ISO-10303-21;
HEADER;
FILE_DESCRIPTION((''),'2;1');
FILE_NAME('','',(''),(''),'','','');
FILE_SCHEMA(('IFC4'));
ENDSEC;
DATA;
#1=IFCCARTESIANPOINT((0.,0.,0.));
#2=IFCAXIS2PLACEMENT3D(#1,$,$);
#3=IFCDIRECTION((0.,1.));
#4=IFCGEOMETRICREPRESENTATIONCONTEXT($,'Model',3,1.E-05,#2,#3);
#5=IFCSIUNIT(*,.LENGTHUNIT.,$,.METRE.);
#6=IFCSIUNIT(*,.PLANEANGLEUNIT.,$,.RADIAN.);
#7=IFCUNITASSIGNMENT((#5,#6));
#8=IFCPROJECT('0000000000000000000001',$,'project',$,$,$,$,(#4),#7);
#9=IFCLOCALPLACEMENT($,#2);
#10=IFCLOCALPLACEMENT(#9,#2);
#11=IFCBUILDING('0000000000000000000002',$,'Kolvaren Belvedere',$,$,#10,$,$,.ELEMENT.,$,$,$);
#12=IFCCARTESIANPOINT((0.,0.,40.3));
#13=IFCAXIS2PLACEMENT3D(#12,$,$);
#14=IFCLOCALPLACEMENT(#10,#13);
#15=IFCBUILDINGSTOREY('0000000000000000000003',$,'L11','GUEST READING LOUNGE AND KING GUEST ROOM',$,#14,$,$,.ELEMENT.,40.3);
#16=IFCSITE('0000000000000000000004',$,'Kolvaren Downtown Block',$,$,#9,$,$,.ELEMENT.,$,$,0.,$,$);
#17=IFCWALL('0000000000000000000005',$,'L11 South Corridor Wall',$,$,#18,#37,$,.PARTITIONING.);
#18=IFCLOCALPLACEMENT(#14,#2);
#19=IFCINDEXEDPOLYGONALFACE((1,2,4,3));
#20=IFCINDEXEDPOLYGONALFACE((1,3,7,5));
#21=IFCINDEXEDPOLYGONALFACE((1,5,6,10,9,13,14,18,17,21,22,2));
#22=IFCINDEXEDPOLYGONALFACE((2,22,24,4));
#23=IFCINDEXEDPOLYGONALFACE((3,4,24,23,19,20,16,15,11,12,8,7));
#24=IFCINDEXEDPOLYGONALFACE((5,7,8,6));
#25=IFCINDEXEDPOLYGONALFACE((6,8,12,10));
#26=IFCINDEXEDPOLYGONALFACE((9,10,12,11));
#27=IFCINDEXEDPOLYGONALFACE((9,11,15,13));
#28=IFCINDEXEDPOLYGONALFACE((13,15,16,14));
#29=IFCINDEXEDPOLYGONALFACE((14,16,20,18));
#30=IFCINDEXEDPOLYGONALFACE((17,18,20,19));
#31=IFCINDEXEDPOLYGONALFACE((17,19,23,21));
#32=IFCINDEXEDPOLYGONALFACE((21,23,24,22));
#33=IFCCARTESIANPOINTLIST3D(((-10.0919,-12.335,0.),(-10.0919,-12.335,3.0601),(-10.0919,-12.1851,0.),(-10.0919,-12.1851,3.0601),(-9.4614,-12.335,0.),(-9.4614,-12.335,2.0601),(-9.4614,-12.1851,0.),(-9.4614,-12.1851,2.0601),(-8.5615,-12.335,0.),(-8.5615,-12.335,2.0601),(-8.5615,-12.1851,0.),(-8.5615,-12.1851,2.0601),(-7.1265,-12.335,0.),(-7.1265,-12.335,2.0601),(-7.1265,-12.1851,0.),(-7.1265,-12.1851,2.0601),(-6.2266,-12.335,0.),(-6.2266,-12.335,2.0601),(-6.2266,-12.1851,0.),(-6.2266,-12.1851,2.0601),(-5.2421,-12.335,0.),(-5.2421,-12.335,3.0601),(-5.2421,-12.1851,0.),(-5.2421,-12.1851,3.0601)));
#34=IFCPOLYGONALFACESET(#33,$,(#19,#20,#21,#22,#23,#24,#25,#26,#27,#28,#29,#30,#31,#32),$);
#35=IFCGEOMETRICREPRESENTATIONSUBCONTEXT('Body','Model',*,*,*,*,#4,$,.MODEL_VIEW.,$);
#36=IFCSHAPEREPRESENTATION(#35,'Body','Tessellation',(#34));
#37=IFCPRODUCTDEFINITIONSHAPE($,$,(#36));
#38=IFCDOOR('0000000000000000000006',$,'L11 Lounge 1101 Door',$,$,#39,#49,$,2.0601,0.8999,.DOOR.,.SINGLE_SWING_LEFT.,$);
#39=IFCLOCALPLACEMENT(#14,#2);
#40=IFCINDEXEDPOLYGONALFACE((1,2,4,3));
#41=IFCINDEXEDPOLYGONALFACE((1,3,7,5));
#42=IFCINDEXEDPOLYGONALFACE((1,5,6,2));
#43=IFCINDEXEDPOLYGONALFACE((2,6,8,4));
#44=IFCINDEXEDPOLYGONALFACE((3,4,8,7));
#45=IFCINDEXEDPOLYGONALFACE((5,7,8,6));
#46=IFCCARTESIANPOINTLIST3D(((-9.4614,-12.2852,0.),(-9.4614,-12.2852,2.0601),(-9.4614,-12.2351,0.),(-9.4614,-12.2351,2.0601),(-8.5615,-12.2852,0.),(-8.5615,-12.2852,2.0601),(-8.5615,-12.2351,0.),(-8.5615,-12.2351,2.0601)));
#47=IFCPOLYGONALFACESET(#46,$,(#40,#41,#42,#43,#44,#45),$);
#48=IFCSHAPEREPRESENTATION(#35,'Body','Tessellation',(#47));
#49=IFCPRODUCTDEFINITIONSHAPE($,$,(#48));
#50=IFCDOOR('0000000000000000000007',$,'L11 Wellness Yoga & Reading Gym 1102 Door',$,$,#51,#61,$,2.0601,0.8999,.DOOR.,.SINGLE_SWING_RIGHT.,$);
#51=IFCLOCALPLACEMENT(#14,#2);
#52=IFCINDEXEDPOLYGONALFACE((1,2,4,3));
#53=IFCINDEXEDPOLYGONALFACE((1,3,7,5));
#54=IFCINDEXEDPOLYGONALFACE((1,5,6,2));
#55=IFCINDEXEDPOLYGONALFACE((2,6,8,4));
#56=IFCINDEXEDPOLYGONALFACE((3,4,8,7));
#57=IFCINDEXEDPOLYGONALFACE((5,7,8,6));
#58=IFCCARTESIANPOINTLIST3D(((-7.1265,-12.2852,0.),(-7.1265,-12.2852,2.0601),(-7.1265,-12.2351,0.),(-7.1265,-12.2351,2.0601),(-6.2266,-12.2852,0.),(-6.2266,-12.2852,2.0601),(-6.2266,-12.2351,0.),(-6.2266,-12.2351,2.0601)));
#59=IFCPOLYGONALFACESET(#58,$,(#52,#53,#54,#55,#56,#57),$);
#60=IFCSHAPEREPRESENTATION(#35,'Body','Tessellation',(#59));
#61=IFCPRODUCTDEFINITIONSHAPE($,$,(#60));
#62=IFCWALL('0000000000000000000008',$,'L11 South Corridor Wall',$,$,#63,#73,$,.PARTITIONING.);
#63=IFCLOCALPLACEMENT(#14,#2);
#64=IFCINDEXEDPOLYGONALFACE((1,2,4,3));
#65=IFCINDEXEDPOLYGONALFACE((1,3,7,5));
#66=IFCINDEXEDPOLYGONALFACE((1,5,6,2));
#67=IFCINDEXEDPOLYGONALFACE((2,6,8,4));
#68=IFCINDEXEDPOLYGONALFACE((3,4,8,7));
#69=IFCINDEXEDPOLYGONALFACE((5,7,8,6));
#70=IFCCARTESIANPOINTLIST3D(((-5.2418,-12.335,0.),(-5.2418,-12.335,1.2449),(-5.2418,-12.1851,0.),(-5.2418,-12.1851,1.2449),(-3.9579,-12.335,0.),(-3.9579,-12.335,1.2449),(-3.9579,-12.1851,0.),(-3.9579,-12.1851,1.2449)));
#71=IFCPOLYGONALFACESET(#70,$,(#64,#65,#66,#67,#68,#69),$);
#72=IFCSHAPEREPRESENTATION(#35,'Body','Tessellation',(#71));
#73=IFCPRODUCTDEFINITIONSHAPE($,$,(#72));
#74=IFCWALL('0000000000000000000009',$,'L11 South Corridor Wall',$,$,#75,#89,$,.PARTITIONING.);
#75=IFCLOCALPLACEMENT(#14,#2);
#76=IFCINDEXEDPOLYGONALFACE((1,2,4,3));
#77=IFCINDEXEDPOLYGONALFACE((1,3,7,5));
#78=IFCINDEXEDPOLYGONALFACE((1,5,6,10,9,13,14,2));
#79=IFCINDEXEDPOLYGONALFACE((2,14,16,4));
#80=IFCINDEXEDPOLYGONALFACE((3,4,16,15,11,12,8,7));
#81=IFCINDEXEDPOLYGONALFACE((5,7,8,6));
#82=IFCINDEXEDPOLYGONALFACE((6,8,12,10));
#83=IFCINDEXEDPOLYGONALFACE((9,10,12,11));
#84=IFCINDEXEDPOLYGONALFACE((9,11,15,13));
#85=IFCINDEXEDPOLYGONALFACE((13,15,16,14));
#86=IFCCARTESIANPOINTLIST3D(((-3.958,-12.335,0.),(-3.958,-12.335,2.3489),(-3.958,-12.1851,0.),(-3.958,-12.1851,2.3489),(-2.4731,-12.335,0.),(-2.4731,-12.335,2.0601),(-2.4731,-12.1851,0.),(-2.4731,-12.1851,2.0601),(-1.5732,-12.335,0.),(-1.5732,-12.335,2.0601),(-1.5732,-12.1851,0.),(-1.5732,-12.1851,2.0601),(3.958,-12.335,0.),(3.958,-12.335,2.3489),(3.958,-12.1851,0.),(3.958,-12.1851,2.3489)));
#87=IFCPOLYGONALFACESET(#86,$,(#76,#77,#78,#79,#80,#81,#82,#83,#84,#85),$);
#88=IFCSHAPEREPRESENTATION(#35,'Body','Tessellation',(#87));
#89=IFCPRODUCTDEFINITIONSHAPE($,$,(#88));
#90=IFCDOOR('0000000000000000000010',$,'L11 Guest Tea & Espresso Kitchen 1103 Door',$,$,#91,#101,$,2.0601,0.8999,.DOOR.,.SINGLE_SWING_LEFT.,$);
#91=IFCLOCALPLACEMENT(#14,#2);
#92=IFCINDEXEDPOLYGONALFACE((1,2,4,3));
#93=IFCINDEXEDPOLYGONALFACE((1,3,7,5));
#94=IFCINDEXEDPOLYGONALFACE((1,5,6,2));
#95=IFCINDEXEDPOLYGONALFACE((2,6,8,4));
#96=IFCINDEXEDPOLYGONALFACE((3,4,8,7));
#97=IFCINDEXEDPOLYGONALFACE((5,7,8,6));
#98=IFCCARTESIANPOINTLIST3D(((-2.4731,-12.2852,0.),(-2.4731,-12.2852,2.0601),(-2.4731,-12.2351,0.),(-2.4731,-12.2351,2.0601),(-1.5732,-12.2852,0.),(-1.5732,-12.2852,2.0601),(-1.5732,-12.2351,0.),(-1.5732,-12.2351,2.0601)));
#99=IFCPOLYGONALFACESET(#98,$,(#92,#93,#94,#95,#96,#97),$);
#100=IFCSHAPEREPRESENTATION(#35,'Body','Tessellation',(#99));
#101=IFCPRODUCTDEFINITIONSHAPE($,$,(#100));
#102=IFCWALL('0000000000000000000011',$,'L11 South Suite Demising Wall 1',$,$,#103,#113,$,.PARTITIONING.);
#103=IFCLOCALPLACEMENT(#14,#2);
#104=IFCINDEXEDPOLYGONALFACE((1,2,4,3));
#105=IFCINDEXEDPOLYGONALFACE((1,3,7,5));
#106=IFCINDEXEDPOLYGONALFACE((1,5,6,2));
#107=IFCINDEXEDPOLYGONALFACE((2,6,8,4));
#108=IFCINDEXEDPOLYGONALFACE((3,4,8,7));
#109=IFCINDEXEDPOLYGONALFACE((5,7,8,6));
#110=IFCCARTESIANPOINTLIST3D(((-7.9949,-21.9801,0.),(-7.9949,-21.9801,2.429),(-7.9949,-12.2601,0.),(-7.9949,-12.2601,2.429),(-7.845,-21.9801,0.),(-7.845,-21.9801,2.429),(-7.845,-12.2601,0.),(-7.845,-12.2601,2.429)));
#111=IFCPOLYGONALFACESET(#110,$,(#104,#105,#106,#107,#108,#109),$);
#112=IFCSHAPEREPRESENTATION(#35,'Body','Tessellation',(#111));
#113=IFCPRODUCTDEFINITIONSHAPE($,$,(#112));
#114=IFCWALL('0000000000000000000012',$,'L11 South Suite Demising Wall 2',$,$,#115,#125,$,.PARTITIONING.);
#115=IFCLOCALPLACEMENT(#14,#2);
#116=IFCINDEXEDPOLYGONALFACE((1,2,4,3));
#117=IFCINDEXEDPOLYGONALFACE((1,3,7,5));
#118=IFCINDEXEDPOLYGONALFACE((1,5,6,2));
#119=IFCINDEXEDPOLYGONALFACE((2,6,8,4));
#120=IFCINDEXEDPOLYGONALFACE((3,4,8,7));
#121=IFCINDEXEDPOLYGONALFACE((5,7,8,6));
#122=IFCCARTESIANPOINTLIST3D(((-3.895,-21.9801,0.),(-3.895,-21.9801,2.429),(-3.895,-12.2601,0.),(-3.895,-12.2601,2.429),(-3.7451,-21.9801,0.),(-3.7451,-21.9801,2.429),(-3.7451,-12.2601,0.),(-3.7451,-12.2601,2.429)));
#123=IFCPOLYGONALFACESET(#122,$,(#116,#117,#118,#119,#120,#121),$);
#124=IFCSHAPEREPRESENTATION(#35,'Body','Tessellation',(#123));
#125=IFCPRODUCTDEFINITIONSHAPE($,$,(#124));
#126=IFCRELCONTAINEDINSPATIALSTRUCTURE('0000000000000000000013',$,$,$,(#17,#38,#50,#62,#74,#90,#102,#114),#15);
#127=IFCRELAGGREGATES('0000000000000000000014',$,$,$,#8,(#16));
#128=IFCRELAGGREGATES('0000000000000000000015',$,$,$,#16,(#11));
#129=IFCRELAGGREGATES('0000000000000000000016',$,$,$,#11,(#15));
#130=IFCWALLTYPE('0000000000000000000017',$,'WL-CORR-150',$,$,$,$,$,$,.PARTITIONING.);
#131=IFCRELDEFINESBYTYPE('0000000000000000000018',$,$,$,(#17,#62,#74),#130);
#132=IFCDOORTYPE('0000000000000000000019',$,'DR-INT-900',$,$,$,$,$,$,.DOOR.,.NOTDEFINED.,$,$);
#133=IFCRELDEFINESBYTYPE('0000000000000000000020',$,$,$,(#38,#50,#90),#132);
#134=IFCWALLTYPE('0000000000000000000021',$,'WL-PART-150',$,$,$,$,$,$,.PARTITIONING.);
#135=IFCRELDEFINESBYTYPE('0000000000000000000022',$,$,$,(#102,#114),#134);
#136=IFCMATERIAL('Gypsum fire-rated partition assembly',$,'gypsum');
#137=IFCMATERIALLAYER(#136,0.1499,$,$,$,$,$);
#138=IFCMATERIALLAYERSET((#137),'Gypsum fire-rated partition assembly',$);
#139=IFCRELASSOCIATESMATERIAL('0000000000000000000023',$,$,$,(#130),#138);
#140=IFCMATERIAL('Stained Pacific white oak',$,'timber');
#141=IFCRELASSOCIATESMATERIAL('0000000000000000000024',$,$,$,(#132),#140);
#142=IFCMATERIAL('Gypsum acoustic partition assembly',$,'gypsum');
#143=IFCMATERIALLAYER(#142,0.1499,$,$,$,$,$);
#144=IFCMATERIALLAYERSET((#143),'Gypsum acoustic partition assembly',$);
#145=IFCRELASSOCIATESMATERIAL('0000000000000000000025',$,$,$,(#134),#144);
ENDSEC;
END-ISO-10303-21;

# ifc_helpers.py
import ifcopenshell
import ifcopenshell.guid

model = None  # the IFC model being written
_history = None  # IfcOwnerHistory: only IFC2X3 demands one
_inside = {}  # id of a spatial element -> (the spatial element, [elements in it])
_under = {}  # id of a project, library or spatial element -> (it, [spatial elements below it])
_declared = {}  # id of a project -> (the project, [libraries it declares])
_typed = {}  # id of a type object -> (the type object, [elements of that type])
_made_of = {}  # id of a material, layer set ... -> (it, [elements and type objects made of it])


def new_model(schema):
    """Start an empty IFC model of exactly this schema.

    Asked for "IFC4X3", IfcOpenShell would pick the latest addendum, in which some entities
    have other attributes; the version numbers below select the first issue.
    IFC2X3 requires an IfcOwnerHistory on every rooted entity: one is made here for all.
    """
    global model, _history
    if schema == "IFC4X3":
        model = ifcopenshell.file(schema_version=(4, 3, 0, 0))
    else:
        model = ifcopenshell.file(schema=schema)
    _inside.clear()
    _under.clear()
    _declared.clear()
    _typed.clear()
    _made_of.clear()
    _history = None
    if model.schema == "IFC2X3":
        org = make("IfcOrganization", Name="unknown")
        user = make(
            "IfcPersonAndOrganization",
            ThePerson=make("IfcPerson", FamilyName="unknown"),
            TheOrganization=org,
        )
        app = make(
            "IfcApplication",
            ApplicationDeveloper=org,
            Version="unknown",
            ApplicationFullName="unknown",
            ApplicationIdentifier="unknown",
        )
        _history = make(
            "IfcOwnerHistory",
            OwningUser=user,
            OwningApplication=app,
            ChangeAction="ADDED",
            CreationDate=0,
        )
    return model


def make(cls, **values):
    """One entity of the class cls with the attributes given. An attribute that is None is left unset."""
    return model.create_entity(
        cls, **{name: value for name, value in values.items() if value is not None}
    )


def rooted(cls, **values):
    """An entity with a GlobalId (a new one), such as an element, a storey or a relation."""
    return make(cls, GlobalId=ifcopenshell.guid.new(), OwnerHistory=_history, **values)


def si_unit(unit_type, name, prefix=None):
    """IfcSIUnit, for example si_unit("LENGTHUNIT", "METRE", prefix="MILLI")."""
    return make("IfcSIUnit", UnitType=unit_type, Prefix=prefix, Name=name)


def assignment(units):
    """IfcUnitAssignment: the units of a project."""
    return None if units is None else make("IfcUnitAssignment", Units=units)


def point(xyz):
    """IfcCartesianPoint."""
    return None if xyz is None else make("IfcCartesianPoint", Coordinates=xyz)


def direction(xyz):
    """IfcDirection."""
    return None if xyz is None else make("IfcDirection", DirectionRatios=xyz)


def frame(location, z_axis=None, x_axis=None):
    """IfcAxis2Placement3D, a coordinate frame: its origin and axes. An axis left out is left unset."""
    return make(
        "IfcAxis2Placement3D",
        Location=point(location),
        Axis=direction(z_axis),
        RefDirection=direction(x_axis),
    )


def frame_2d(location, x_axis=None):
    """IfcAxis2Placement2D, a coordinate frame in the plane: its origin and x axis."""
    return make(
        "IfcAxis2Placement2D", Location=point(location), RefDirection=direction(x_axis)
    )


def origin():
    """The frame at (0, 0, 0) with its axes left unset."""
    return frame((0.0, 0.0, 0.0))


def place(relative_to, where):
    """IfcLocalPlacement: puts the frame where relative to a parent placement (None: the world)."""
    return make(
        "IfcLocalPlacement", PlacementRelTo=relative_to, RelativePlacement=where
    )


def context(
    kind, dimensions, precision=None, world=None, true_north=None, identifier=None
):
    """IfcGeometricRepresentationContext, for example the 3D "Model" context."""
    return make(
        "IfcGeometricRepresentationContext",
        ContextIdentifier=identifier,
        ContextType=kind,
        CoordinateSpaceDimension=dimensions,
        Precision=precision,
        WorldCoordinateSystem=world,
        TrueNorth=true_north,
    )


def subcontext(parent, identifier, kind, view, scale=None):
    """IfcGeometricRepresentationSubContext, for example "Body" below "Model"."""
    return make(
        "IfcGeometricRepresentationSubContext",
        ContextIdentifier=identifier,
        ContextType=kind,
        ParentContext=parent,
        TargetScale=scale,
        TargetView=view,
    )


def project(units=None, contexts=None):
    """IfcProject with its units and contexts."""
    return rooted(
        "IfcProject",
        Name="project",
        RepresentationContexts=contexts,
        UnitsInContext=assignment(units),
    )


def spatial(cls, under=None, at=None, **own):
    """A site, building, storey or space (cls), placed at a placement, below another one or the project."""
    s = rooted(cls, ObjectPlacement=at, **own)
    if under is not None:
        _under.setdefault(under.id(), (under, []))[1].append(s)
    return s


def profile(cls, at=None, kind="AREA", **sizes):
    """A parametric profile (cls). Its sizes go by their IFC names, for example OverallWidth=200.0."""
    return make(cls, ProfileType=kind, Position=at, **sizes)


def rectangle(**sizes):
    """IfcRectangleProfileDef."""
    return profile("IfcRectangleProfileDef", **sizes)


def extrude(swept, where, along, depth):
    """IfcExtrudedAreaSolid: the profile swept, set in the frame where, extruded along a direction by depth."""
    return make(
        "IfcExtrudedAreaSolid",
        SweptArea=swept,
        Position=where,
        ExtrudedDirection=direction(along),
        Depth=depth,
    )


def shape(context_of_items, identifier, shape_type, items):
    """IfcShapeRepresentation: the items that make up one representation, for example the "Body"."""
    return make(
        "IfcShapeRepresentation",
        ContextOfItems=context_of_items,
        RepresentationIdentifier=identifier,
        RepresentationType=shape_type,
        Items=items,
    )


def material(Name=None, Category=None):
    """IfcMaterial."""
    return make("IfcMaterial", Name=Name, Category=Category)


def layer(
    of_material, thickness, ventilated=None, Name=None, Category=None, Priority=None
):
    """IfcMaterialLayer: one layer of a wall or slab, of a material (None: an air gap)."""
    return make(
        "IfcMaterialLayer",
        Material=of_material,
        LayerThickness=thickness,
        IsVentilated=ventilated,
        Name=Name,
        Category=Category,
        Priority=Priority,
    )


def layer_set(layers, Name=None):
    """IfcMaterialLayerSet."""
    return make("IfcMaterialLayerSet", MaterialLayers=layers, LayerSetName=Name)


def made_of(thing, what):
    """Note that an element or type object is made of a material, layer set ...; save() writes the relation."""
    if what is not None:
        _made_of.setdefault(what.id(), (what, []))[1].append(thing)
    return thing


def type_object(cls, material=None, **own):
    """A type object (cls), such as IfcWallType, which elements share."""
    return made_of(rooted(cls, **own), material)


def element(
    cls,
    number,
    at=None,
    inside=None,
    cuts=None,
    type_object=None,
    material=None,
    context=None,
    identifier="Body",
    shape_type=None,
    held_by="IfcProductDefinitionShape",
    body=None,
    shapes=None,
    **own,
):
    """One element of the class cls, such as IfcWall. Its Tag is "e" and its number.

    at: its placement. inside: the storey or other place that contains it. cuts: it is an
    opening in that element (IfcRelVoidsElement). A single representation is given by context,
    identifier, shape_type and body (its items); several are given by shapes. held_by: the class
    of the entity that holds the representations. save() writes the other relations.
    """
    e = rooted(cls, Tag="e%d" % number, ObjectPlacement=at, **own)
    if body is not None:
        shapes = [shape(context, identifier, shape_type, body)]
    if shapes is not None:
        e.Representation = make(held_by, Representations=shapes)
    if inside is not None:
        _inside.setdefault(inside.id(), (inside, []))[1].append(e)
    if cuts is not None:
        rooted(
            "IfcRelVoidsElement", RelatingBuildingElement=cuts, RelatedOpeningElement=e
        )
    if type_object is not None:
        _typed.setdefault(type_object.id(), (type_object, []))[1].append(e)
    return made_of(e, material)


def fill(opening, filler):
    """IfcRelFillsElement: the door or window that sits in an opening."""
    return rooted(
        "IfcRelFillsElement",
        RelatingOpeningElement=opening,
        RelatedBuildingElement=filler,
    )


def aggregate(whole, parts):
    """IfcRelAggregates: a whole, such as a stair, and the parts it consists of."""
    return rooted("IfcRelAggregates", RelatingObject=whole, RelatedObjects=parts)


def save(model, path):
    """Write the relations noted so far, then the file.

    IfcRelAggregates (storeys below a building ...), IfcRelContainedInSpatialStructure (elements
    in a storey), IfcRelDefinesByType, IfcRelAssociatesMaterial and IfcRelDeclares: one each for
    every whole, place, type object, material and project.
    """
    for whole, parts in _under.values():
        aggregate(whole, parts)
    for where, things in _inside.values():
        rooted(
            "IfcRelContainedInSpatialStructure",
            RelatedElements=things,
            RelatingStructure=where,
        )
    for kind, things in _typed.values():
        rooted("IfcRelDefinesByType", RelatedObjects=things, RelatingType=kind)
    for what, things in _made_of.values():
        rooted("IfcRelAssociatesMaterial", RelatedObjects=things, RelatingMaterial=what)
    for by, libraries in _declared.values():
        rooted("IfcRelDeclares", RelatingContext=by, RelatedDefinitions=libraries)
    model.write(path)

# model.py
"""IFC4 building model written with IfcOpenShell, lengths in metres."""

from ifc_helpers import new_model, si_unit, direction, frame, frame_2d, origin, place, context, subcontext, project, spatial, rectangle, extrude, material, layer, layer_set, type_object, element, fill, save


model = new_model("IFC4")

# Units and contexts
model_context = context("Model", 3, precision=1e-05, world=origin(), true_north=direction((0.0, 1.0)))
body_context = subcontext(model_context, "Body", "Model", "MODEL_VIEW")
ifc_project = project(units=[si_unit("LENGTHUNIT", "METRE"), si_unit("PLANEANGLEUNIT", "RADIAN")], contexts=[model_context])

# Site, building, storey
site_placement = place(None, origin())
site = spatial("IfcSite", under=ifc_project, at=site_placement, Name="Kolvaren Downtown Block", CompositionType="ELEMENT", RefElevation=0.0)
building_placement = place(site_placement, origin())
building = spatial("IfcBuilding", under=site, at=building_placement, Name="Kolvaren Belvedere", CompositionType="ELEMENT")
storey_placement = place(building_placement, frame((0.0, 0.0, 40.3)))
storey = spatial("IfcBuildingStorey", under=building, at=storey_placement, Name="L11", Description="GUEST READING LOUNGE AND KING GUEST ROOM", CompositionType="ELEMENT", Elevation=40.3)

# Shared definitions
ifc_material_1 = material(Name="Gypsum fire-rated partition assembly", Category="gypsum")
ifc_layer_1 = layer(ifc_material_1, 0.1499)
ifc_layer_set_1 = layer_set([ifc_layer_1], Name="Gypsum fire-rated partition assembly")
wall_type_1 = type_object("IfcWallType", Name="WL-CORR-150", PredefinedType="PARTITIONING", material=ifc_layer_set_1)

# Wall, openings, doors
wall_1_placement = place(storey_placement, frame((-10.0918, -12.26, 0.0), z_axis=(0.0, 0.0, 1.0), x_axis=(1.0, 0.0, 0.0)))
wall_1 = element("IfcWall", 1, at=wall_1_placement, inside=storey, type_object=wall_type_1, Name="L11 South Corridor Wall", PredefinedType="PARTITIONING", context=body_context, shape_type="SweptSolid", body=[
    extrude(rectangle(XDim=4.8499, YDim=0.1499, at=frame_2d((2.4248, 0.0))), origin(), (0.0, 0.0, 1.0), 3.0601),
])
opening_1_placement = place(wall_1_placement, frame((0.6304, 0.0, 0.0)))
opening_1 = element("IfcOpeningElement", 2, at=opening_1_placement, cuts=wall_1, PredefinedType="OPENING", context=body_context, shape_type="SweptSolid", body=[
    extrude(rectangle(XDim=0.8999, YDim=2.0601, at=frame_2d((0.45, 1.03))), frame((0.0, 0.085, 0.0), z_axis=(0.0, -1.0, 0.0), x_axis=(1.0, 0.0, 0.0)), (0.0, 0.0, 1.0), 0.1699),
])
opening_2_placement = place(wall_1_placement, frame((2.9653, 0.0, 0.0)))
opening_2 = element("IfcOpeningElement", 3, at=opening_2_placement, cuts=wall_1, PredefinedType="OPENING", context=body_context, shape_type="SweptSolid", body=[
    extrude(rectangle(XDim=0.8999, YDim=2.0601, at=frame_2d((0.45, 1.03))), frame((0.0, 0.085, 0.0), z_axis=(0.0, -1.0, 0.0), x_axis=(1.0, 0.0, 0.0)), (0.0, 0.0, 1.0), 0.1699),
])
ifc_material_2 = material(Name="Stained Pacific white oak", Category="timber")
door_type = type_object("IfcDoorType", Name="DR-INT-900", OperationType="NOTDEFINED", PredefinedType="DOOR", material=ifc_material_2)
door_1_placement = place(opening_1_placement, origin())
door_1 = element("IfcDoor", 4, at=door_1_placement, inside=storey, type_object=door_type, Name="L11 Lounge 1101 Door", OperationType="SINGLE_SWING_LEFT", OverallHeight=2.0601, OverallWidth=0.8999, PredefinedType="DOOR", context=body_context, shape_type="SweptSolid", body=[
    extrude(rectangle(XDim=0.8999, YDim=2.0601, at=frame_2d((0.45, 1.03))), frame((0.0, 0.0249, 0.0), z_axis=(0.0, -1.0, 0.0), x_axis=(1.0, 0.0, 0.0)), (0.0, 0.0, 1.0), 0.05),
])
fill(opening_1, door_1)
door_2_placement = place(opening_2_placement, origin())
door_2 = element("IfcDoor", 5, at=door_2_placement, inside=storey, type_object=door_type, Name="L11 Wellness Yoga & Reading Gym 1102 Door", OperationType="SINGLE_SWING_RIGHT", OverallHeight=2.0601, OverallWidth=0.8999, PredefinedType="DOOR", context=body_context, shape_type="SweptSolid", body=[
    extrude(rectangle(XDim=0.8999, YDim=2.0601, at=frame_2d((0.45, 1.03))), frame((0.0, 0.0249, 0.0), z_axis=(0.0, -1.0, 0.0), x_axis=(1.0, 0.0, 0.0)), (0.0, 0.0, 1.0), 0.05),
])
fill(opening_2, door_2)

# Wall
wall_2_placement = place(storey_placement, frame((-5.2419, -12.26, 0.0), z_axis=(0.0, 0.0, 1.0), x_axis=(1.0, 0.0, 0.0)))
element("IfcWall", 6, at=wall_2_placement, inside=storey, type_object=wall_type_1, Name="L11 South Corridor Wall", PredefinedType="PARTITIONING", context=body_context, shape_type="SweptSolid", body=[
    extrude(rectangle(XDim=1.2839, YDim=0.1499, at=frame_2d((0.6421, 0.0))), origin(), (0.0, 0.0, 1.0), 1.2449),
])

# Wall, opening, door
wall_3_placement = place(storey_placement, frame((-3.958, -12.26, 0.0), z_axis=(0.0, 0.0, 1.0), x_axis=(1.0, 0.0, 0.0)))
wall_3 = element("IfcWall", 7, at=wall_3_placement, inside=storey, type_object=wall_type_1, Name="L11 South Corridor Wall", PredefinedType="PARTITIONING", context=body_context, shape_type="SweptSolid", body=[
    extrude(rectangle(XDim=7.916, YDim=0.1499, at=frame_2d((3.958, 0.0))), origin(), (0.0, 0.0, 1.0), 2.3489),
])
opening_3_placement = place(wall_3_placement, frame((1.4849, 0.0, 0.0)))
opening_3 = element("IfcOpeningElement", 8, at=opening_3_placement, cuts=wall_3, PredefinedType="OPENING", context=body_context, shape_type="SweptSolid", body=[
    extrude(rectangle(XDim=0.8999, YDim=2.0601, at=frame_2d((0.45, 1.03))), frame((0.0, 0.085, 0.0), z_axis=(0.0, -1.0, 0.0), x_axis=(1.0, 0.0, 0.0)), (0.0, 0.0, 1.0), 0.1699),
])
door_3_placement = place(opening_3_placement, origin())
door_3 = element("IfcDoor", 9, at=door_3_placement, inside=storey, type_object=door_type, Name="L11 Guest Tea & Espresso Kitchen 1103 Door", OperationType="SINGLE_SWING_LEFT", OverallHeight=2.0601, OverallWidth=0.8999, PredefinedType="DOOR", context=body_context, shape_type="SweptSolid", body=[
    extrude(rectangle(XDim=0.8999, YDim=2.0601, at=frame_2d((0.45, 1.03))), frame((0.0, 0.0249, 0.0), z_axis=(0.0, -1.0, 0.0), x_axis=(1.0, 0.0, 0.0)), (0.0, 0.0, 1.0), 0.05),
])
fill(opening_3, door_3)

# Walls
ifc_material_3 = material(Name="Gypsum acoustic partition assembly", Category="gypsum")
ifc_layer_2 = layer(ifc_material_3, 0.1499)
ifc_layer_set_2 = layer_set([ifc_layer_2], Name="Gypsum acoustic partition assembly")
wall_type_2 = type_object("IfcWallType", Name="WL-PART-150", PredefinedType="PARTITIONING", material=ifc_layer_set_2)
for number, where, z_axis, x_axis, name in (
    (10, (-7.9199, -21.98, 0.0), (0.0, 0.0, 1.0), (0.0, 1.0, 0.0), "L11 South Suite Demising Wall 1"),
    (11, (-3.8201, -21.98, 0.0), (0.0, 0.0, 1.0), (0.0, 1.0, 0.0), "L11 South Suite Demising Wall 2"),
):
    element("IfcWall", number, at=place(storey_placement, frame(where, z_axis=z_axis, x_axis=x_axis)), inside=storey, type_object=wall_type_2, Name=name, PredefinedType="PARTITIONING", context=body_context, shape_type="SweptSolid", body=[
        extrude(rectangle(XDim=9.72, YDim=0.1499, at=frame_2d((4.8599, 0.0))), origin(), (0.0, 0.0, 1.0), 2.429),
    ])

save(model, "model.ifc")
